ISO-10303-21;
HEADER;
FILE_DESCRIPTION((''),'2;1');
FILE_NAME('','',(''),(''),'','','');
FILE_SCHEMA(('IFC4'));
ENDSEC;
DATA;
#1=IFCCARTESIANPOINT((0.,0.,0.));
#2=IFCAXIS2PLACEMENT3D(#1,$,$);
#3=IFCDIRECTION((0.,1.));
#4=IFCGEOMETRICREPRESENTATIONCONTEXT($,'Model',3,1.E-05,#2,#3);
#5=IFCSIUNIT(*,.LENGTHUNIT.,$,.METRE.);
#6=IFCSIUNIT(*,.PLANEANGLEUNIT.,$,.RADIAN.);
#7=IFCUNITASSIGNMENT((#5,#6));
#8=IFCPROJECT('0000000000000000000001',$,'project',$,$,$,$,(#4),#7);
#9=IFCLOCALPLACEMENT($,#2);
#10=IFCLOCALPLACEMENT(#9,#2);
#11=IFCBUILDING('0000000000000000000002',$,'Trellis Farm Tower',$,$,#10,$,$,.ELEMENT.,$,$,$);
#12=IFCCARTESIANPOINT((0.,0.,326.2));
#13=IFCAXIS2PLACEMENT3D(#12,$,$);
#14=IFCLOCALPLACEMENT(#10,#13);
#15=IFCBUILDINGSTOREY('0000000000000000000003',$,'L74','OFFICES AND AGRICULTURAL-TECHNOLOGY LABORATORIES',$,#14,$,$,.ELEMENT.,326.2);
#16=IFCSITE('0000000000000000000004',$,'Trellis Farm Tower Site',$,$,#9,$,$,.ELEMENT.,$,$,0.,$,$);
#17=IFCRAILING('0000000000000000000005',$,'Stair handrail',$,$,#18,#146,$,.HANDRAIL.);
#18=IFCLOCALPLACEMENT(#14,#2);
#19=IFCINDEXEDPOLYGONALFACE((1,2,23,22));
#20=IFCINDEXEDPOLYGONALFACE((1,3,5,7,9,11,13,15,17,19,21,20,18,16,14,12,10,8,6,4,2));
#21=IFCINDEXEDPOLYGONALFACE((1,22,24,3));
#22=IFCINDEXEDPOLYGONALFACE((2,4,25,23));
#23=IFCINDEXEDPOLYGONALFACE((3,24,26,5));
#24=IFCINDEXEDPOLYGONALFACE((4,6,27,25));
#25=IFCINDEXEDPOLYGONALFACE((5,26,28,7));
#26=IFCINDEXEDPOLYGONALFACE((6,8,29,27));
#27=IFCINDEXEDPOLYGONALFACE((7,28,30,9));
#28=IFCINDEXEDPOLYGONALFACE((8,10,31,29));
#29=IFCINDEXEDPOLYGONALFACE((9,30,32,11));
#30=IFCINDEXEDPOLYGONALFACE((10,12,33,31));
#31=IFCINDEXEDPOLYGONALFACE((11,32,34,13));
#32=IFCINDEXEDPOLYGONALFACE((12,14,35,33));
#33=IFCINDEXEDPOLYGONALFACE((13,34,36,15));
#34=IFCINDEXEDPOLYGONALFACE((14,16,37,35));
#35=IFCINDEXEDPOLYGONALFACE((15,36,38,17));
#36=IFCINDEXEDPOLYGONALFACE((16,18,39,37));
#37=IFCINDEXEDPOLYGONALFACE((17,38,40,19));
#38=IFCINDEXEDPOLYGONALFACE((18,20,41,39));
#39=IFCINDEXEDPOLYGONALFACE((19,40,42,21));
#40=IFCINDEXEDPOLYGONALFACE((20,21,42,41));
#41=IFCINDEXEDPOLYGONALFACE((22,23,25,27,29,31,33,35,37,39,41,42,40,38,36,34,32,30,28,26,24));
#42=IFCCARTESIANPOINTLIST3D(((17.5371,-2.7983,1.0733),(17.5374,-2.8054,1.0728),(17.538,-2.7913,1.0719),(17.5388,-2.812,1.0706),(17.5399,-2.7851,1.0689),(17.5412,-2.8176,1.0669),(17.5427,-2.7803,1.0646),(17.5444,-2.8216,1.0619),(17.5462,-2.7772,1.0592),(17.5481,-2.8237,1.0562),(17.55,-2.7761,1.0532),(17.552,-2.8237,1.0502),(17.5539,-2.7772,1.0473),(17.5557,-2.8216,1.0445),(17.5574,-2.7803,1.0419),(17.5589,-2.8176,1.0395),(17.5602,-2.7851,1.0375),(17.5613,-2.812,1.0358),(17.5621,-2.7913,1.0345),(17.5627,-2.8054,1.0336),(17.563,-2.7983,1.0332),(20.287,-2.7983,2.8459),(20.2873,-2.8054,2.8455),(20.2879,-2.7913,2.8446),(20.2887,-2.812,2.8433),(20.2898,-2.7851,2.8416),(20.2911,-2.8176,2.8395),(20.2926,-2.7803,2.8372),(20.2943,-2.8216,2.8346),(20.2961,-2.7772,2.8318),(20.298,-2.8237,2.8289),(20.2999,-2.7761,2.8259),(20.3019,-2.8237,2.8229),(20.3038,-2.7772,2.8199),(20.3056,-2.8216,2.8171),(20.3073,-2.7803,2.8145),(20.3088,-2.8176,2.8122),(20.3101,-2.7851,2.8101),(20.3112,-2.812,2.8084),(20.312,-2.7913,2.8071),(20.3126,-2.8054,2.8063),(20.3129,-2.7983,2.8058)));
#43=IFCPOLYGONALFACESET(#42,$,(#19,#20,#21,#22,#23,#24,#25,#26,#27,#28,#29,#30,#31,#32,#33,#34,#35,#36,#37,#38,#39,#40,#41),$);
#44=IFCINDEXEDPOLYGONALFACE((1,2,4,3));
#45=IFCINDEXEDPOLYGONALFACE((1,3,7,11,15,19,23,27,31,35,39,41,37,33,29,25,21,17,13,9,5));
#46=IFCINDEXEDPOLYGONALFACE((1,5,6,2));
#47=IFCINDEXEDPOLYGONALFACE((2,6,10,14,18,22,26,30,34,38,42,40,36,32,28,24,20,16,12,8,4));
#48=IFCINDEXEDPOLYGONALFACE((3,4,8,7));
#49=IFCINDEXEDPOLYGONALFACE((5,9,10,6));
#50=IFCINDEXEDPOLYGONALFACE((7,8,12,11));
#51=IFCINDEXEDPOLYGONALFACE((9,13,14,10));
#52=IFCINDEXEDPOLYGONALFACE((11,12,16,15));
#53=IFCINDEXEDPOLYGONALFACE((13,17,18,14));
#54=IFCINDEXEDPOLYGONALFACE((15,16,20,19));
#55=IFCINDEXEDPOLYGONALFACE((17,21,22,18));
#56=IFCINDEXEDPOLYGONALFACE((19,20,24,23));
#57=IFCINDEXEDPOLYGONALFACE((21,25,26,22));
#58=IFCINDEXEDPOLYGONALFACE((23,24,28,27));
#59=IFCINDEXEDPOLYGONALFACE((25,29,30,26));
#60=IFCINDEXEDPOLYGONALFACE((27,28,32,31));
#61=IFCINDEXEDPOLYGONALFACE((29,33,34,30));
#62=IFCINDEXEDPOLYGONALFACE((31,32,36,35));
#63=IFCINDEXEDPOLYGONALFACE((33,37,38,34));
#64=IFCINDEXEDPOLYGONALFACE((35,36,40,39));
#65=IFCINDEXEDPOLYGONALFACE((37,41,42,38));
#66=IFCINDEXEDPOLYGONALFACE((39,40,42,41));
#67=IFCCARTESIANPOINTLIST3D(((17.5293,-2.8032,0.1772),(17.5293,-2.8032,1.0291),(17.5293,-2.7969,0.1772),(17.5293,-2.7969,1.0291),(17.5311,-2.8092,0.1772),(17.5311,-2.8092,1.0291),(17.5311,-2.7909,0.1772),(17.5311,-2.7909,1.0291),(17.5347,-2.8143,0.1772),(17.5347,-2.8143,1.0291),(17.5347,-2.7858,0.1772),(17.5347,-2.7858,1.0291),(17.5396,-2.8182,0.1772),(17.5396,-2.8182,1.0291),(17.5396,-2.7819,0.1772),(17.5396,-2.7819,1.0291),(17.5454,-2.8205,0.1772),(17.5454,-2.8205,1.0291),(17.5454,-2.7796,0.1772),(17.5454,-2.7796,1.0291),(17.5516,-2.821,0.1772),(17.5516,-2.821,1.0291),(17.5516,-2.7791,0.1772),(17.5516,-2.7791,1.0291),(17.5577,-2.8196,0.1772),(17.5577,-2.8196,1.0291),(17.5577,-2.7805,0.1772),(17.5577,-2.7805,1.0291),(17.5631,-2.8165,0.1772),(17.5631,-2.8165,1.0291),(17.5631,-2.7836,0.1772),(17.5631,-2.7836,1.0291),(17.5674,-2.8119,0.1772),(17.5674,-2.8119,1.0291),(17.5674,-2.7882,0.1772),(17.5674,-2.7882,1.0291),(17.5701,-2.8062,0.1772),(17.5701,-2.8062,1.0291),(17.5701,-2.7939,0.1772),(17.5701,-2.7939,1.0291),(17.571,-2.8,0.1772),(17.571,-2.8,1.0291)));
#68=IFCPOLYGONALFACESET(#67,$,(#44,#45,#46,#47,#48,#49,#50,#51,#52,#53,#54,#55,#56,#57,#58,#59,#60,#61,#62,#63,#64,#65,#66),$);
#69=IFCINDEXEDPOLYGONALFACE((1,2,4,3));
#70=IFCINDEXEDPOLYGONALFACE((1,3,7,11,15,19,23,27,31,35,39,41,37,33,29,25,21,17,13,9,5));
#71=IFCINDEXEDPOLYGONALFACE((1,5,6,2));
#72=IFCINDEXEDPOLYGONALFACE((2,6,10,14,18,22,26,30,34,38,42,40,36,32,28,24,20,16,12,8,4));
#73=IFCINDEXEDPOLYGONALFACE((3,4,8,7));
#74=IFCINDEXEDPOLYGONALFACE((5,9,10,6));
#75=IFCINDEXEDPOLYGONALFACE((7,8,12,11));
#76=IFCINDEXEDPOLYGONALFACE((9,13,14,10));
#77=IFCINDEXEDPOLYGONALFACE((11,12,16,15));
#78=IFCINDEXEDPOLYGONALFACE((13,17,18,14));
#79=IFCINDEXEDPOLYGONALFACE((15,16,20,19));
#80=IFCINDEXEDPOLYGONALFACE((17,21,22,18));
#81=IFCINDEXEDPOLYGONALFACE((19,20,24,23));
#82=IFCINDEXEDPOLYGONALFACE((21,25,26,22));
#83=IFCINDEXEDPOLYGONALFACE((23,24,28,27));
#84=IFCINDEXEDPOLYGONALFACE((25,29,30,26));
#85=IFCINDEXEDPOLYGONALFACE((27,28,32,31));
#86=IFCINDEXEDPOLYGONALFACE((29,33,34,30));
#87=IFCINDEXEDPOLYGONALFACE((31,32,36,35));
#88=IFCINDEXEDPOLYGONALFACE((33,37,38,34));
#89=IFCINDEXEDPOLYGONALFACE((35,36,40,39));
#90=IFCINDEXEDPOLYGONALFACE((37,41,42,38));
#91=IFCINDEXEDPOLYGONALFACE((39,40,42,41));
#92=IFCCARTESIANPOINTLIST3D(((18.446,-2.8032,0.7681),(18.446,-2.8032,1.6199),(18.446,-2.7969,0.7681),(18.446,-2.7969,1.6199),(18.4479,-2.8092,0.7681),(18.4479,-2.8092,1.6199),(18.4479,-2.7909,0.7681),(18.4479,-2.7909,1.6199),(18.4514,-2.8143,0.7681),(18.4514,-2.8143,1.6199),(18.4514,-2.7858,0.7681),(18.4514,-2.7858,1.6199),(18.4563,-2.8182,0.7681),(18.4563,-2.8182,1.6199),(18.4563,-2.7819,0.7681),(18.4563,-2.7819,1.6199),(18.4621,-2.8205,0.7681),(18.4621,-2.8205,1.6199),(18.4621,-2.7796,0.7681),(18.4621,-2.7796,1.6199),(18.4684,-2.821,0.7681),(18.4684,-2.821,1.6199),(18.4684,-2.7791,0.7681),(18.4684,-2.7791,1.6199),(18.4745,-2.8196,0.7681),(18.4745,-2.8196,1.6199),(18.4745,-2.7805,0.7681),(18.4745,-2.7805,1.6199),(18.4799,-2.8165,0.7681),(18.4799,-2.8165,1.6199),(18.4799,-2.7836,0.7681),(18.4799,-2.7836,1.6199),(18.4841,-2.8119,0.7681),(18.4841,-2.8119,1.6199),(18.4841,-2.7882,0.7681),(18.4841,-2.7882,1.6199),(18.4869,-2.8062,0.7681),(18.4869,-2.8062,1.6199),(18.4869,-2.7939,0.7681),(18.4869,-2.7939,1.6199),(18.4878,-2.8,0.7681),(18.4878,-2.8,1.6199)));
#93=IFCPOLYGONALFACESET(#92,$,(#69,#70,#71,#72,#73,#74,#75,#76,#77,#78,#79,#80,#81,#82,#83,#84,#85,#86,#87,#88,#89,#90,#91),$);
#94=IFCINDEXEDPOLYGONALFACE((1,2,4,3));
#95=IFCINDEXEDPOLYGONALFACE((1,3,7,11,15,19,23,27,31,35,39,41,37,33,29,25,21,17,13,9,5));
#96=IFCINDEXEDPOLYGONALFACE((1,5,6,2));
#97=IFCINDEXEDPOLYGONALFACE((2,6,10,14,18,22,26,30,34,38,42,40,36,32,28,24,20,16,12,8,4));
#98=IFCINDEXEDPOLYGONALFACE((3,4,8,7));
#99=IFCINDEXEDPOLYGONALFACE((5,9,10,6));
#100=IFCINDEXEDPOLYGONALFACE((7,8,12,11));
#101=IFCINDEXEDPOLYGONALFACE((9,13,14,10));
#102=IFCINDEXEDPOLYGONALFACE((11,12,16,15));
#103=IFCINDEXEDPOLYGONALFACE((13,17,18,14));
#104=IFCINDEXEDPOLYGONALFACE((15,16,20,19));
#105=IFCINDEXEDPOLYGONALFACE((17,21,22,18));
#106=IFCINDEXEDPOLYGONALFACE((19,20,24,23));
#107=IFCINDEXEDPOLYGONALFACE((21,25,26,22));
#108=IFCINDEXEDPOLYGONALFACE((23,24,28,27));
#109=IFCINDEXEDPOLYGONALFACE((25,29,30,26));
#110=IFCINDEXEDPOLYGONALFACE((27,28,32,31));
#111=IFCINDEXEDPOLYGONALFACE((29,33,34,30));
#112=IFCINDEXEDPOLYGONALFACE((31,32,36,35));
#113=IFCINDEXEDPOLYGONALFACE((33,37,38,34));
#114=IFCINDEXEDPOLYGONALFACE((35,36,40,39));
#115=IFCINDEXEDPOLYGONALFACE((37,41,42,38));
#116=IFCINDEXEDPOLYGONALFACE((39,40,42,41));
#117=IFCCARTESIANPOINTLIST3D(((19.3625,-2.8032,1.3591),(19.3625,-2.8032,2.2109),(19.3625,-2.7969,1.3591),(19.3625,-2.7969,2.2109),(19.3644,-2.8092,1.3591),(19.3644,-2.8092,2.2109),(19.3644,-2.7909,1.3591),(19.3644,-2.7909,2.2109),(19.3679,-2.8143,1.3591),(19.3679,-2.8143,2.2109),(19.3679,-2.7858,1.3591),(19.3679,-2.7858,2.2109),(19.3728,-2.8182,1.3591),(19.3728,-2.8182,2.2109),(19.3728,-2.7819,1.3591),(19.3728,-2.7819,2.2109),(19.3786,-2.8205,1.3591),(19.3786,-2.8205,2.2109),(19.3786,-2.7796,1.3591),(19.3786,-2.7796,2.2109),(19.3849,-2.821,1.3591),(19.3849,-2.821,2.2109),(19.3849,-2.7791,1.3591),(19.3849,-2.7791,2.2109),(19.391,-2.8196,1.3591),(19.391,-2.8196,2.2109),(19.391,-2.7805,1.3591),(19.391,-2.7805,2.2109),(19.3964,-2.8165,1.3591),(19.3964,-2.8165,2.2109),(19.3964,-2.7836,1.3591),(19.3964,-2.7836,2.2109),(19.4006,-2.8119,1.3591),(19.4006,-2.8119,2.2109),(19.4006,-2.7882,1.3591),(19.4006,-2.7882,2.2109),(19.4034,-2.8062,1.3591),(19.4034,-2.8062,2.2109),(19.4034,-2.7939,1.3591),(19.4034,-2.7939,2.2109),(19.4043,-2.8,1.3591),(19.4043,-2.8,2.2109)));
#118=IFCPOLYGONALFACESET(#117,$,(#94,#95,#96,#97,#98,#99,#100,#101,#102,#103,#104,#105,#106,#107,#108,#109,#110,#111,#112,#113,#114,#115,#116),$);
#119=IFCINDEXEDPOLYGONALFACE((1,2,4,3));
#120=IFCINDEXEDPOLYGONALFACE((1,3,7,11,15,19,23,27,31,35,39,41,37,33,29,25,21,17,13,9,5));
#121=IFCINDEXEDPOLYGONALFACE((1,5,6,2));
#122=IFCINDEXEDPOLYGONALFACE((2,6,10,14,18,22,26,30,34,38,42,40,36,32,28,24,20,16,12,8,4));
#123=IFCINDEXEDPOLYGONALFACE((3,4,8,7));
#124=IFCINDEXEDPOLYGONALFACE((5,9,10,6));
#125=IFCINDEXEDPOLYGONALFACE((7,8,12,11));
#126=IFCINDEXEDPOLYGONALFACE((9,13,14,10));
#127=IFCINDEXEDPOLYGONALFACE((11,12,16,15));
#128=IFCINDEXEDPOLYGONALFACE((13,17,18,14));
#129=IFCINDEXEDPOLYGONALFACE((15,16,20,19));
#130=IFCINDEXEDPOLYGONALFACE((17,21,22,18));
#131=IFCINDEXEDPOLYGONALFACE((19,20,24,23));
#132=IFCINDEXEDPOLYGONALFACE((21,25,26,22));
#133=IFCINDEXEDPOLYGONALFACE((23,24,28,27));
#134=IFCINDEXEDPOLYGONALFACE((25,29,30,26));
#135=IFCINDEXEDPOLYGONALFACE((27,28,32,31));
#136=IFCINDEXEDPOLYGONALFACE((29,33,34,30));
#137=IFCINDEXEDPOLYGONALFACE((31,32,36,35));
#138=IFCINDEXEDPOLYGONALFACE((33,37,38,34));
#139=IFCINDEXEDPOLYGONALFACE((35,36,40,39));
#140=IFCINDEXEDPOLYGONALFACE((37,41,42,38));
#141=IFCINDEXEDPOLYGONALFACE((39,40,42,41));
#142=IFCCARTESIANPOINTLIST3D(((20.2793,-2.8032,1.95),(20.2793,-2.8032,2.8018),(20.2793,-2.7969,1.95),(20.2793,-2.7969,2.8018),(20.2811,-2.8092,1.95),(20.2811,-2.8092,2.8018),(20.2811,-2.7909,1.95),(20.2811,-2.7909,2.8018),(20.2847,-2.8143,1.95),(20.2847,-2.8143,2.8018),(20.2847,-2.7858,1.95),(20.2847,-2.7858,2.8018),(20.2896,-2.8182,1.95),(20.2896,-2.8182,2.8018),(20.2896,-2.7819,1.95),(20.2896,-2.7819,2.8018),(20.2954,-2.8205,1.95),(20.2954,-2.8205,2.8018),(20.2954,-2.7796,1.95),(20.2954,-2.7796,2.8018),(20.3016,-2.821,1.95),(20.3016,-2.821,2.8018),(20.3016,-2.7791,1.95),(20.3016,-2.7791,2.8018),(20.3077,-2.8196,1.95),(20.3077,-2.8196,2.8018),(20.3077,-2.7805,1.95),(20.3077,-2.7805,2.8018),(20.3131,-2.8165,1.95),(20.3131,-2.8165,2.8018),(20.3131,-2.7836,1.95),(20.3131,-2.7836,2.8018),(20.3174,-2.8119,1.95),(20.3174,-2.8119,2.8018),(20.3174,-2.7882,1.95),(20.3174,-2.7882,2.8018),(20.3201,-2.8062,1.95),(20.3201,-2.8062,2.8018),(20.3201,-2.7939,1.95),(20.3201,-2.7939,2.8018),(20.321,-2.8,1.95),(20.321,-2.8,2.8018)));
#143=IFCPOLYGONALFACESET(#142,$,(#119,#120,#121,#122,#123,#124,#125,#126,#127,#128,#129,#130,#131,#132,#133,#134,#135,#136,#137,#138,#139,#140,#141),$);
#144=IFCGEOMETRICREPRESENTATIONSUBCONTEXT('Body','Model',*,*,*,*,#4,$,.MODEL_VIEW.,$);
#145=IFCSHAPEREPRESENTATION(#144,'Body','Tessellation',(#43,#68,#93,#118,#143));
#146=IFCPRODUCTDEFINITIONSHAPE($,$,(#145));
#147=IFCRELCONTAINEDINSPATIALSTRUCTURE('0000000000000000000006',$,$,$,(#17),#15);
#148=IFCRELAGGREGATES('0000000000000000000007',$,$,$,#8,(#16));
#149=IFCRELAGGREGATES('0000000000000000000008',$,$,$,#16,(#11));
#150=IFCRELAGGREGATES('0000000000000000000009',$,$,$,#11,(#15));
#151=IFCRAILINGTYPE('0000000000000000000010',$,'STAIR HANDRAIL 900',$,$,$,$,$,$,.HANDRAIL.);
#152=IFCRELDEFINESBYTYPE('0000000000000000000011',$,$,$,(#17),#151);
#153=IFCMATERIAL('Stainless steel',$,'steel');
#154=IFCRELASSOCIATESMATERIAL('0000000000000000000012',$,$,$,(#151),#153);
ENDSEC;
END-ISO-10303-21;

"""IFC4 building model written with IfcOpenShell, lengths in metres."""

from ifc_helpers import new_model, si_unit, direction, frame, origin, origin_2d, place, context, subcontext, project, spatial, circle, extrude, source, transform, mapped, material, type_object, element, save


model = new_model("IFC4")

# Units and contexts
model_context = context("Model", 3, precision=1e-05, world=origin(), true_north=direction((0.0, 1.0)))
body_context = subcontext(model_context, "Body", "Model", "MODEL_VIEW")
ifc_project = project(units=[si_unit("LENGTHUNIT", "METRE"), si_unit("PLANEANGLEUNIT", "RADIAN")], contexts=[model_context])

# Site, building, storey
site_placement = place(None, origin())
site = spatial("IfcSite", under=ifc_project, at=site_placement, Name="Trellis Farm Tower Site", CompositionType="ELEMENT", RefElevation=0.0)
building_placement = place(site_placement, origin())
building = spatial("IfcBuilding", under=site, at=building_placement, Name="Trellis Farm Tower", CompositionType="ELEMENT")
storey_placement = place(building_placement, frame((0.0, 0.0, 326.2)))
storey = spatial("IfcBuildingStorey", under=building, at=storey_placement, Name="L74", Description="OFFICES AND AGRICULTURAL-TECHNOLOGY LABORATORIES", CompositionType="ELEMENT", Elevation=326.2)

# Railing
ifc_material_1 = material(Name="Stainless steel", Category="steel")
railing_type = type_object("IfcRailingType", Name="STAIR HANDRAIL 900", PredefinedType="HANDRAIL", material=ifc_material_1)
shared_shape_1 = source(origin(), body_context, "Body", "SweptSolid", [
    extrude(circle(Radius=0.0239, at=origin_2d()), frame((0.0, 0.0, 0.876), z_axis=(0.840504, 0.0, 0.541806), x_axis=(0.0, 1.0, 0.0)), (0.0, 0.0, 1.0), 3.2717),
    extrude(circle(Radius=0.021, at=origin_2d()), origin(), (0.0, 0.0, 1.0), 0.8518),
    extrude(circle(Radius=0.021, at=origin_2d()), frame((0.9167, 0.0, 0.5908)), (0.0, 0.0, 1.0), 0.8518),
    extrude(circle(Radius=0.021, at=origin_2d()), frame((1.8333, 0.0, 1.1819)), (0.0, 0.0, 1.0), 0.8518),
    extrude(circle(Radius=0.021, at=origin_2d()), frame((2.75, 0.0, 1.7727)), (0.0, 0.0, 1.0), 0.8518),
])
railing_placement = place(storey_placement, frame((17.55, -2.8, 0.1772)))
element("IfcRailing", 1, at=railing_placement, inside=storey, type_object=railing_type, Name="Stair handrail", PredefinedType="HANDRAIL", context=body_context, shape_type="MappedRepresentation", body=[
    mapped(shared_shape_1, transform((0.0, 0.0, 0.0))),
])

save(model, "model.ifc")
